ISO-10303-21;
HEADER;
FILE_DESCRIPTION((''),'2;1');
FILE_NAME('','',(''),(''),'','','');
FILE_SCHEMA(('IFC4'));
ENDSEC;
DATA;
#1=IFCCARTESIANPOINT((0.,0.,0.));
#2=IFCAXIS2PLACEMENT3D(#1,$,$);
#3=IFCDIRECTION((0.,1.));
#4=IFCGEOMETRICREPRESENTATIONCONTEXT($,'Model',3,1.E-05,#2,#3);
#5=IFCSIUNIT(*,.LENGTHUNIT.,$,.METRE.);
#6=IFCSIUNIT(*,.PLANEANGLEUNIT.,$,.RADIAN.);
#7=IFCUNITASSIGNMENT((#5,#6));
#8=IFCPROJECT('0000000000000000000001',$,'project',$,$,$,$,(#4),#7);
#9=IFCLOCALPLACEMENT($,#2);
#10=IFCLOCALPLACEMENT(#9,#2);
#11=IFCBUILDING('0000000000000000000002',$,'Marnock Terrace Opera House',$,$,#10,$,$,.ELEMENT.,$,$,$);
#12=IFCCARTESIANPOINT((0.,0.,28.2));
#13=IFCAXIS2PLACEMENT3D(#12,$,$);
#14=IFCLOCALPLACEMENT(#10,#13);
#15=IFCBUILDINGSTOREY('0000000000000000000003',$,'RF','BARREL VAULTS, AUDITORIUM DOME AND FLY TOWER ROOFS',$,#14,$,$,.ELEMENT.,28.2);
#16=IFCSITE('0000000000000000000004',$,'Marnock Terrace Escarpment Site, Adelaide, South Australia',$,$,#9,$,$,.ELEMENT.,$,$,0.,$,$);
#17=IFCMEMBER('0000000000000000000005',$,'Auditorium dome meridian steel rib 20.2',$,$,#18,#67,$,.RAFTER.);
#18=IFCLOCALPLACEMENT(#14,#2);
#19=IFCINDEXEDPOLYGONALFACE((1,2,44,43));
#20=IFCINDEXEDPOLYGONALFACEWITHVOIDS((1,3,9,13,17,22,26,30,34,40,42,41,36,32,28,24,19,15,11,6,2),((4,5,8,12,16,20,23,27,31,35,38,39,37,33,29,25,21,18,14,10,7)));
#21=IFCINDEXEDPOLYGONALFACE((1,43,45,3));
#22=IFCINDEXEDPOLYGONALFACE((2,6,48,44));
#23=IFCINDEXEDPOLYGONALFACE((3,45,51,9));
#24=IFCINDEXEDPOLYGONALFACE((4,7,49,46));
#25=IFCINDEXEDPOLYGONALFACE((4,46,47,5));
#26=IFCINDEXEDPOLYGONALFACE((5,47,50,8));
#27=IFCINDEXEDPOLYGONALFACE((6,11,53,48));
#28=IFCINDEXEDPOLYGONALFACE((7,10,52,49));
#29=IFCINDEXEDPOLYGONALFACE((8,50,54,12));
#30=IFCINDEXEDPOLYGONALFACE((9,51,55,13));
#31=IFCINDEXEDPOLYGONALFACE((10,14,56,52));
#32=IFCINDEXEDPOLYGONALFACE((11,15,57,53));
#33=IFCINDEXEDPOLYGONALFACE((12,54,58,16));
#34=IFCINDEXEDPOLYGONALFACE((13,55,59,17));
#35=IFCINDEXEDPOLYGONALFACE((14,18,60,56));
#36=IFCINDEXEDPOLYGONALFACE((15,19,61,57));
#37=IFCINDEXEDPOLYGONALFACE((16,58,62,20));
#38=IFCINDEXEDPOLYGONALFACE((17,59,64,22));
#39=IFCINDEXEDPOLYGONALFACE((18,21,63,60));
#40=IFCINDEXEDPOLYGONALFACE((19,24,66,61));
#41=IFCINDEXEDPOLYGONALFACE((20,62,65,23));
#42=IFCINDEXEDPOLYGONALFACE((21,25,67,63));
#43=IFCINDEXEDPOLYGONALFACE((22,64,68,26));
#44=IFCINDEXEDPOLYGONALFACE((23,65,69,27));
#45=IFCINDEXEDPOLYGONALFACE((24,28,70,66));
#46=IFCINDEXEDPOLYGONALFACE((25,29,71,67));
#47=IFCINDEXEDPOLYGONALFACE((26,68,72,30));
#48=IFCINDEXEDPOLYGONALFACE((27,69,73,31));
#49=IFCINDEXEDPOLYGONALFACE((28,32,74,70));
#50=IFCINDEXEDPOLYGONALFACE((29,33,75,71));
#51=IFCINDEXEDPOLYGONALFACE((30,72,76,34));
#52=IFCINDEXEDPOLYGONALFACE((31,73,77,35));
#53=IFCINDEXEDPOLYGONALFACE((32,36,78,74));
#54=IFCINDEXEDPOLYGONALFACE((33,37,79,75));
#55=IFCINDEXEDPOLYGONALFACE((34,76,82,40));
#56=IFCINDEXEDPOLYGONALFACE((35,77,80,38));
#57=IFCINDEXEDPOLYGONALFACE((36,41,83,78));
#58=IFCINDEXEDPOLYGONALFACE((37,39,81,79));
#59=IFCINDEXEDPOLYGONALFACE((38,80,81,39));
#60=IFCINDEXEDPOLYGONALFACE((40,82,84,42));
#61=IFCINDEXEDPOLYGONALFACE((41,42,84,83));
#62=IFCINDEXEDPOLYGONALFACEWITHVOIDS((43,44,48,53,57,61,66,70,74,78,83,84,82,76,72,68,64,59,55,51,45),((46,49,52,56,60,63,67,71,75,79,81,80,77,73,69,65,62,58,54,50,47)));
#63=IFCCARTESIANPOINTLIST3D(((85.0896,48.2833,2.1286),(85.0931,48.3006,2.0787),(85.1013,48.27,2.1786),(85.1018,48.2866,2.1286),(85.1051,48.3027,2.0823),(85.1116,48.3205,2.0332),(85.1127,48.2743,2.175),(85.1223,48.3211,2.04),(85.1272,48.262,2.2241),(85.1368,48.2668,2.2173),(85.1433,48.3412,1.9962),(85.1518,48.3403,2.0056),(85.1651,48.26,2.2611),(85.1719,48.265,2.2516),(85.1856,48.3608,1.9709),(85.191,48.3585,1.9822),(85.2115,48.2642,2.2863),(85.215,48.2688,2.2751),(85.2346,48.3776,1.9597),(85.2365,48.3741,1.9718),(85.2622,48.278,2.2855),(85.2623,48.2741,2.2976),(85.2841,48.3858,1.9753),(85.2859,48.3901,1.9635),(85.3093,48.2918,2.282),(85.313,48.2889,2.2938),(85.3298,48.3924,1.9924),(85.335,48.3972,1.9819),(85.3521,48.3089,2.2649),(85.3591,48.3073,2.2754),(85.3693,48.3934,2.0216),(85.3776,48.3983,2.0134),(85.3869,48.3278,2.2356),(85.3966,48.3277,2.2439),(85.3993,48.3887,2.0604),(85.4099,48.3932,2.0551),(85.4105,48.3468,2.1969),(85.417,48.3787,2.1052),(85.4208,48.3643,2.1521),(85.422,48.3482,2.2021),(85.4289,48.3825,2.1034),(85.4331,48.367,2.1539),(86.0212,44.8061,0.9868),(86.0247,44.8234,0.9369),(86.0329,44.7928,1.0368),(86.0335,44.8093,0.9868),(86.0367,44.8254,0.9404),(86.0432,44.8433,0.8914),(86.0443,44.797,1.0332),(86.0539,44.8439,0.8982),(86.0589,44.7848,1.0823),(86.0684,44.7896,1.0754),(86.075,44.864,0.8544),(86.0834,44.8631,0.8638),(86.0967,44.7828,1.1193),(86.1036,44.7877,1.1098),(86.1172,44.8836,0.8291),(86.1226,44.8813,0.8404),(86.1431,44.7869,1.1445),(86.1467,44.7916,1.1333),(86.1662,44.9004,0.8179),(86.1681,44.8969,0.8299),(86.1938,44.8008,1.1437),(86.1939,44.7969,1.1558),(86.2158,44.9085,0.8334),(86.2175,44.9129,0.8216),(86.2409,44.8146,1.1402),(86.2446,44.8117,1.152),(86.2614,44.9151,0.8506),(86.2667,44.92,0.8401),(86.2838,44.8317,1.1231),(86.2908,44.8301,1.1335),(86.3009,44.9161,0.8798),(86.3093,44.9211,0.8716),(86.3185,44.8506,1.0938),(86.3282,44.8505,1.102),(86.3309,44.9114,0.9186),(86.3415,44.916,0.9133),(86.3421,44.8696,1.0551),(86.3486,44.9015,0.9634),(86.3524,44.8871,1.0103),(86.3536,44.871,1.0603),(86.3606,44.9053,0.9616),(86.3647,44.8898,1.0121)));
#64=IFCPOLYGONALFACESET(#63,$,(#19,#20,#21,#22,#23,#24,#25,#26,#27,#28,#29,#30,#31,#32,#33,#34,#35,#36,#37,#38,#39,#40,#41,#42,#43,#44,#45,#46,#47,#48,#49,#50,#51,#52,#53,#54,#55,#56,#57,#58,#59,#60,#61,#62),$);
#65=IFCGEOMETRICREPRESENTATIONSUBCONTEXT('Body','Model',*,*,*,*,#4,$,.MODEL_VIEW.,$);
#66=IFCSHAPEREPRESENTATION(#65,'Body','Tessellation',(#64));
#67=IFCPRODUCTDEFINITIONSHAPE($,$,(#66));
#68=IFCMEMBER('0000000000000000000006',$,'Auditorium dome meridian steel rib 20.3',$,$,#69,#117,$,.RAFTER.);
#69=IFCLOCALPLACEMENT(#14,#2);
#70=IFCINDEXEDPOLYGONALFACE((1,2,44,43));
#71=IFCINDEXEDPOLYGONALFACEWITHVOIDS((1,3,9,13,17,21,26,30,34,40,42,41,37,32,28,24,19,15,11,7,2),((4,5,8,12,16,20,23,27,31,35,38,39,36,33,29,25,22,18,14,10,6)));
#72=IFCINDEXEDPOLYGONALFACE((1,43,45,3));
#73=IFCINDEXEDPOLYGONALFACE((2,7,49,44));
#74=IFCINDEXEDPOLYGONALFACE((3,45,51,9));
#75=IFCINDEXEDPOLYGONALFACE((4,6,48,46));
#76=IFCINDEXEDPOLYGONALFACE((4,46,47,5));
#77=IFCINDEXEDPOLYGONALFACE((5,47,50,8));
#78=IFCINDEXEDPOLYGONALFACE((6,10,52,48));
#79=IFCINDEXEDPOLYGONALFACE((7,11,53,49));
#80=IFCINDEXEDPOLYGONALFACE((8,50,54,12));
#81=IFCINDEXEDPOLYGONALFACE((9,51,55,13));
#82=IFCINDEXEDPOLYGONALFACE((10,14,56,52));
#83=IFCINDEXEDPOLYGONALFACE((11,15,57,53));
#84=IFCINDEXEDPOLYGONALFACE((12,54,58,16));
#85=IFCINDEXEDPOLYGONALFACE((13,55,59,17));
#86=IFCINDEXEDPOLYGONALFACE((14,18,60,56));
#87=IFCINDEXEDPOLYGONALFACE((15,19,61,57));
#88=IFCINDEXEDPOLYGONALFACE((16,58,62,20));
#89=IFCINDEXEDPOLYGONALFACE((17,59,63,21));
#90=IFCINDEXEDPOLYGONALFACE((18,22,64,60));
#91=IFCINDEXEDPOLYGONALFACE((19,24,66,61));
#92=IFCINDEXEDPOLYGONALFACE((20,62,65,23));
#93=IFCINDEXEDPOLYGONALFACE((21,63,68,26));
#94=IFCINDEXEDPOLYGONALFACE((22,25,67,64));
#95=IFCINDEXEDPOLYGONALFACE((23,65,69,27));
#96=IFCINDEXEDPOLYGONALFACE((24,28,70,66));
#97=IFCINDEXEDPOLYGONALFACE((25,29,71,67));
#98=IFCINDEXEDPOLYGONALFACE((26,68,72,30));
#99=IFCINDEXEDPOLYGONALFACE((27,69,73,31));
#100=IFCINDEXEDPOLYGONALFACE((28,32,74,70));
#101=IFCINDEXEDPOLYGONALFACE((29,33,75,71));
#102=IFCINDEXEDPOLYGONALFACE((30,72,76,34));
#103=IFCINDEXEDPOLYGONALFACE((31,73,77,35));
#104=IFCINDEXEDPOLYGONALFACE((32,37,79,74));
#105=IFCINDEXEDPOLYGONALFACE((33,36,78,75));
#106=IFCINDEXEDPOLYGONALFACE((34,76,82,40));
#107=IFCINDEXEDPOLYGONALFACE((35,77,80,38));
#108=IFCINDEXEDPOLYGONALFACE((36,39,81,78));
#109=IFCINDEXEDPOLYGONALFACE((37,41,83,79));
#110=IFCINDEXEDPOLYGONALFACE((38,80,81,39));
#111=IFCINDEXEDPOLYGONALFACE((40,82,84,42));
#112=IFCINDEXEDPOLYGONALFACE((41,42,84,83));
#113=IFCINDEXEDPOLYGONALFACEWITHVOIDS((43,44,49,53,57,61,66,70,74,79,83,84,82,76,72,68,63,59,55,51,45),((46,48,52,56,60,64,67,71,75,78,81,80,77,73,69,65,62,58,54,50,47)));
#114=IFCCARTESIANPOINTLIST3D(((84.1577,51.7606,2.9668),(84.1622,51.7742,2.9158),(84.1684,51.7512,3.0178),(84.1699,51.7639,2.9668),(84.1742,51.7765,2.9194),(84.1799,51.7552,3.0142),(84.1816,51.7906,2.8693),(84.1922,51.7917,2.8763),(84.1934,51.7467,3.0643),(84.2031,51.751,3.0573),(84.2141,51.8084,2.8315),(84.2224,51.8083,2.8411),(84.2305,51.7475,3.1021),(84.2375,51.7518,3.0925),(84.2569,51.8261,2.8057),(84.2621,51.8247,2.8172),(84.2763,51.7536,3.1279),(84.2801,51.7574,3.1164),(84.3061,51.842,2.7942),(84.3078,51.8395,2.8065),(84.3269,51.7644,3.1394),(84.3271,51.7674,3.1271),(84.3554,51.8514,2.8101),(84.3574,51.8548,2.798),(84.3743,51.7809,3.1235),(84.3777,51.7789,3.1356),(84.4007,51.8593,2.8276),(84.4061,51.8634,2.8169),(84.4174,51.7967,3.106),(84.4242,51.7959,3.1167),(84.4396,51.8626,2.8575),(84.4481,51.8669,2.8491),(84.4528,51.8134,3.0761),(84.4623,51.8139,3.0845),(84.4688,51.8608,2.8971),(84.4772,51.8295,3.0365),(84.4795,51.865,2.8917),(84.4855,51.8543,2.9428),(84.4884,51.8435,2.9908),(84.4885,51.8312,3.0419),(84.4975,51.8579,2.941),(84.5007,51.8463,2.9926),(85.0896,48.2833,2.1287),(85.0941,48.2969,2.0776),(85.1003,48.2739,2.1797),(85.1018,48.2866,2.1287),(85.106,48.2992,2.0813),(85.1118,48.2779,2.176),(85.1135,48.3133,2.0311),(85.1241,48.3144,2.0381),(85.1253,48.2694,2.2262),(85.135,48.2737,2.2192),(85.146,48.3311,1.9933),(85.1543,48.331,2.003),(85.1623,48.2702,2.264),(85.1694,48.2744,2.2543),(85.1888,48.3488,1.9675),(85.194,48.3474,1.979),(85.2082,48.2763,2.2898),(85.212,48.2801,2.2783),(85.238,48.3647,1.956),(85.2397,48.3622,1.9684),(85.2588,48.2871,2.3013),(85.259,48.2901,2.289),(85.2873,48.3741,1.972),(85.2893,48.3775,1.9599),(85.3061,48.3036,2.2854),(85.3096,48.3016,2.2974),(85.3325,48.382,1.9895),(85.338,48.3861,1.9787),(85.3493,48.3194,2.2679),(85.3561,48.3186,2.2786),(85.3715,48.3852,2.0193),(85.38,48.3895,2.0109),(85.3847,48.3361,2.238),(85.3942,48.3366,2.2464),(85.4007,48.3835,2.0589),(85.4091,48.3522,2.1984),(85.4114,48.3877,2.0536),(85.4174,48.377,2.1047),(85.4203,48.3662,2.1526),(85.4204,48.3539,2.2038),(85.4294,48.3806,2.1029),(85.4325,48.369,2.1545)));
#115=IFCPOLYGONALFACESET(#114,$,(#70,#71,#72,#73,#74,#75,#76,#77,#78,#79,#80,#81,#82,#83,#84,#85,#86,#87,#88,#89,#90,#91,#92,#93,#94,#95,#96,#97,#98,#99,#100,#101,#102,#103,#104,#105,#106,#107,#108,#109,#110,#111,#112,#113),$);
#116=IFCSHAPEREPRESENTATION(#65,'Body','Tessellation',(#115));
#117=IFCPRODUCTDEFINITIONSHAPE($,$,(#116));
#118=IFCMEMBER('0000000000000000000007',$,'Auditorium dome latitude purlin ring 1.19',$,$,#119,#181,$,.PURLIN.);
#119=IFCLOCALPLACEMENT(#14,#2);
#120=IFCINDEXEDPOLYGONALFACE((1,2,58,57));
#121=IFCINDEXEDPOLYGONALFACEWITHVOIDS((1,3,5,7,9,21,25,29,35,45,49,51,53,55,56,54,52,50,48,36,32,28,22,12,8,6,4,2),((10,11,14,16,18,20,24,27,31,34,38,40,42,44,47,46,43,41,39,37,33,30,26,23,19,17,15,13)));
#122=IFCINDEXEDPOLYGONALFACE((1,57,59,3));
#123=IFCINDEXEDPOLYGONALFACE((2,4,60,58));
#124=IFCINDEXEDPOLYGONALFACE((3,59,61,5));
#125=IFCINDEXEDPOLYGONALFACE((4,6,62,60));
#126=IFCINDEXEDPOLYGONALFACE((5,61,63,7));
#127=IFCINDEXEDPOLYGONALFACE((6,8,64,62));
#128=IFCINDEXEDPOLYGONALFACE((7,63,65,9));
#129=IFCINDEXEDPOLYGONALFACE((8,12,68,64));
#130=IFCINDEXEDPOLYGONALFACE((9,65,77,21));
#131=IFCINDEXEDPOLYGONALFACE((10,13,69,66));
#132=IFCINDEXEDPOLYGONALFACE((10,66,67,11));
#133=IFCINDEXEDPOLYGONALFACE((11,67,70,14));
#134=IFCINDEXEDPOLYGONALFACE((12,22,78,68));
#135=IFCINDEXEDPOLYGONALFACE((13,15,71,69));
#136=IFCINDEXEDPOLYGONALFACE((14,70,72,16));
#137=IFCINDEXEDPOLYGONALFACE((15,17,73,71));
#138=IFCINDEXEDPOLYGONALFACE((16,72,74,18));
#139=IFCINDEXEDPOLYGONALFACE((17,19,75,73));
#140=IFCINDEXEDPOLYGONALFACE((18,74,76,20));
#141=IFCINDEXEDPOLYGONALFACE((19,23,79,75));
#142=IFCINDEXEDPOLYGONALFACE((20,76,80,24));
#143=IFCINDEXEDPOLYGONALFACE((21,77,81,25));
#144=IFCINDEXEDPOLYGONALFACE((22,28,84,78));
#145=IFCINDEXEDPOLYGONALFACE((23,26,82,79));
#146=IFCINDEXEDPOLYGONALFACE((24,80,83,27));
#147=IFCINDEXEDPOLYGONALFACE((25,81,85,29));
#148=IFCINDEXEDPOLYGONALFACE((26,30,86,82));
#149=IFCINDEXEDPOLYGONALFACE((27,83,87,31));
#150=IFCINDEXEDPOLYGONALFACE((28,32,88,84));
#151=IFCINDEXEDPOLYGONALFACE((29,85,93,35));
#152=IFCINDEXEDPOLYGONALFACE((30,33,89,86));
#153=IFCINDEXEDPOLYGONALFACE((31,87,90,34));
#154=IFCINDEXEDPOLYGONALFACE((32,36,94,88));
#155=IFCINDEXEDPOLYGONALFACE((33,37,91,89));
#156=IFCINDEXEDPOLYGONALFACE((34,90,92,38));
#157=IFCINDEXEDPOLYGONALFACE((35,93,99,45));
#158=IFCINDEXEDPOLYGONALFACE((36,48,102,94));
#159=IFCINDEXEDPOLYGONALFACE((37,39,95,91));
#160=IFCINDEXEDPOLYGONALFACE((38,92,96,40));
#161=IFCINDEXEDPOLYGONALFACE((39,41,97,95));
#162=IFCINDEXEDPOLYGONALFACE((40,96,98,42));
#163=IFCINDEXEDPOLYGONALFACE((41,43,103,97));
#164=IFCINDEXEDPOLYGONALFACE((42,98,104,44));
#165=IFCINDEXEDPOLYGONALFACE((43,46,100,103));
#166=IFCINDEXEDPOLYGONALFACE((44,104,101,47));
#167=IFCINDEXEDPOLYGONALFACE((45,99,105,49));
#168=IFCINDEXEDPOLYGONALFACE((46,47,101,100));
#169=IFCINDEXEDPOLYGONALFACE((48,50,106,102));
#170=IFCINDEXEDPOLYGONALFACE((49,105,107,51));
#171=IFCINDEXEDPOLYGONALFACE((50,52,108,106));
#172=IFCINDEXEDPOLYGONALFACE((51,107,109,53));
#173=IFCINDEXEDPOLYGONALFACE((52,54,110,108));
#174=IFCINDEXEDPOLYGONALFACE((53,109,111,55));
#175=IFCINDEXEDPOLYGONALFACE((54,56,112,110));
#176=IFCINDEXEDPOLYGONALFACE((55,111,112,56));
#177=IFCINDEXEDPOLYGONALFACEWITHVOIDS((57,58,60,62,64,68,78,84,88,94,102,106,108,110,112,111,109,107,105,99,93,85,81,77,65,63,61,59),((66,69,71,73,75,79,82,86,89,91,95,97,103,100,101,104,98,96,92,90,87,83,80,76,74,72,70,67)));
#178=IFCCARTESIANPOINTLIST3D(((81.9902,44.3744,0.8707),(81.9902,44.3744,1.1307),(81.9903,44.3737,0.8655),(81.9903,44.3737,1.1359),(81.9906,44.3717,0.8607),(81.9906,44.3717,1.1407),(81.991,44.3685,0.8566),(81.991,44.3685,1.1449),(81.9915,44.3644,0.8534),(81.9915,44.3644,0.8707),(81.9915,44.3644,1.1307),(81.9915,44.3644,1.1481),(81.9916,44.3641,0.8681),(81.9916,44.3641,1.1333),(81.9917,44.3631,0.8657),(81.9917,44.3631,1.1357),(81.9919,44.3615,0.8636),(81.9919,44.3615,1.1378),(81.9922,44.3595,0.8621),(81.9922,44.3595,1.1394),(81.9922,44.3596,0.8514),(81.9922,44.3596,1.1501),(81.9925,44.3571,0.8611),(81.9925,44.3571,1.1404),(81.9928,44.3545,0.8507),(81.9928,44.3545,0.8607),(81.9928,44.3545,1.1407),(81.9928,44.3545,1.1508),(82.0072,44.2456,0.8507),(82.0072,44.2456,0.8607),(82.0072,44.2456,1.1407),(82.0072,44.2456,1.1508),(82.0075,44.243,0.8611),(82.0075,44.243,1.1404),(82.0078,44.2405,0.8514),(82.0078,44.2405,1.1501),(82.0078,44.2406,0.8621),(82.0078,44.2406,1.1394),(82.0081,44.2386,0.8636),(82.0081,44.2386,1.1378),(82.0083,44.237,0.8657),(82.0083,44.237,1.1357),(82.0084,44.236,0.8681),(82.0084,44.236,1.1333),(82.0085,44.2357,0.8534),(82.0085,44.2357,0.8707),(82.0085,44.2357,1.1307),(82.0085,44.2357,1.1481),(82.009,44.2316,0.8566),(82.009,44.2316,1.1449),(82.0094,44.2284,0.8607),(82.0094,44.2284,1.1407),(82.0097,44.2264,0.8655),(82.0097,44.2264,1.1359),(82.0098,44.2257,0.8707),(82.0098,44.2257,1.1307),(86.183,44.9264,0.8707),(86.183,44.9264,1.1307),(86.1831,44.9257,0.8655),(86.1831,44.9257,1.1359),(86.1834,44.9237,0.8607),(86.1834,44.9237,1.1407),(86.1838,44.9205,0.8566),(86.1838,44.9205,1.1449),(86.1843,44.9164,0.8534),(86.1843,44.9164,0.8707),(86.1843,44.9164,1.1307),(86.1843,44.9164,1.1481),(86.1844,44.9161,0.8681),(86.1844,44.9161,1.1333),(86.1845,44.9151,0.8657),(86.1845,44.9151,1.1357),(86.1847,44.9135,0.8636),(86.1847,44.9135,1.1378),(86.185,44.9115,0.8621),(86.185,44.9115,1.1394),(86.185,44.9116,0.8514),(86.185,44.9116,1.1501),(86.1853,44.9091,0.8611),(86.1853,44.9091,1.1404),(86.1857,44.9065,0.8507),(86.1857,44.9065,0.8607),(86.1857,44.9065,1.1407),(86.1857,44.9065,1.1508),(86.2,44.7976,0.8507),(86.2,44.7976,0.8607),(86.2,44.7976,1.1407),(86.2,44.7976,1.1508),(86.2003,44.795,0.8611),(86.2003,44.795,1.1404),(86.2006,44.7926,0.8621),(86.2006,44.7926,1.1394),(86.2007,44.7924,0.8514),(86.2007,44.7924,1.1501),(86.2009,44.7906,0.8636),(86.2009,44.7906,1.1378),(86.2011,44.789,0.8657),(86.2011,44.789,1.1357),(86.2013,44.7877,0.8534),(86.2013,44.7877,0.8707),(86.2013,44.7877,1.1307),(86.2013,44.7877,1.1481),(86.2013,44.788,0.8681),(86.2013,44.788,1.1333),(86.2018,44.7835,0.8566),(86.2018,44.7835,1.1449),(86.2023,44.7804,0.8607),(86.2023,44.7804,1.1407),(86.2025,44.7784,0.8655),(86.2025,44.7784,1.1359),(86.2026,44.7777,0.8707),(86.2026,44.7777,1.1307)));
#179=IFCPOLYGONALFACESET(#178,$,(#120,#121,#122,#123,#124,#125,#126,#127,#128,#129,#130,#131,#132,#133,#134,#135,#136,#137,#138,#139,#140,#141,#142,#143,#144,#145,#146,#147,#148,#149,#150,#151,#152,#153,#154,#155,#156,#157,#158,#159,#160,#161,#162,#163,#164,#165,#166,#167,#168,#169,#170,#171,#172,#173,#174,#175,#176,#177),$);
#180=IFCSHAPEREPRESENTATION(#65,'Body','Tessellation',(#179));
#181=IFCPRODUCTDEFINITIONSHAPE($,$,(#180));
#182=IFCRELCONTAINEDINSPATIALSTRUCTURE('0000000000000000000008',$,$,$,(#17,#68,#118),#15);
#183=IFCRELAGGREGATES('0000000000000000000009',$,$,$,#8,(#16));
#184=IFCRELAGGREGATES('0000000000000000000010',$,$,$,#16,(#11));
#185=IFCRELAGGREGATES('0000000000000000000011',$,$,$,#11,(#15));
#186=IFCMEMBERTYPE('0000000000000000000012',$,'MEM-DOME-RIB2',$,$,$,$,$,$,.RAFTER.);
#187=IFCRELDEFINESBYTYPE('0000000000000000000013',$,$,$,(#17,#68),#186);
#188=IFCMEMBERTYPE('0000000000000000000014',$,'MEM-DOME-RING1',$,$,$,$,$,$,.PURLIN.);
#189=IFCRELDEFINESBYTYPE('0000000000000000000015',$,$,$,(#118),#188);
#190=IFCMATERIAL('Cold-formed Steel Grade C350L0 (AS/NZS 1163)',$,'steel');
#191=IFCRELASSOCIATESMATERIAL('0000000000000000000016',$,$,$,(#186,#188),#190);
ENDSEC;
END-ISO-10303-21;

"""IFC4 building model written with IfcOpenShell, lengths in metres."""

from ifc_helpers import new_model, si_unit, direction, frame, origin, origin_2d, place, context, subcontext, project, spatial, hollow_rectangle, hollow_circle, extrude, material, material_profile, profile_set, type_object, element, save


model = new_model("IFC4")

# Units and contexts
model_context = context("Model", 3, precision=1e-05, world=origin(), true_north=direction((0.0, 1.0)))
body_context = subcontext(model_context, "Body", "Model", "MODEL_VIEW")
ifc_project = project(units=[si_unit("LENGTHUNIT", "METRE"), si_unit("PLANEANGLEUNIT", "RADIAN")], contexts=[model_context])

# Site, building, storey
site_placement = place(None, origin())
site = spatial("IfcSite", under=ifc_project, at=site_placement, Name="Marnock Terrace Escarpment Site, Adelaide, South Australia", CompositionType="ELEMENT", RefElevation=0.0)
building_placement = place(site_placement, origin())
building = spatial("IfcBuilding", under=site, at=building_placement, Name="Marnock Terrace Opera House", CompositionType="ELEMENT")
storey_placement = place(building_placement, frame((0.0, 0.0, 28.2)))
storey = spatial("IfcBuildingStorey", under=building, at=storey_placement, Name="RF", Description="BARREL VAULTS, AUDITORIUM DOME AND FLY TOWER ROOFS", CompositionType="ELEMENT", Elevation=28.2)

# Members
ifc_material_1 = material(Name="Cold-formed Steel Grade C350L0 (AS/NZS 1163)", Category="steel")
ifc_material_profile_1 = material_profile(ifc_material_1, hollow_circle(Radius=0.1777, WallThickness=0.0127, at=origin_2d()))
ifc_profile_set_1 = profile_set([ifc_material_profile_1], Name="Cold-formed Steel Grade C350L0 (AS/NZS 1163)")
member_type_1 = type_object("IfcMemberType", Name="MEM-DOME-RIB2", PredefinedType="RAFTER", material=ifc_profile_set_1)
member_1_placement = place(storey_placement, frame((86.1929, 44.8521, 0.9868), z_axis=(-0.246682, 0.920727, 0.302341), x_axis=(-0.965933, -0.258794, 0.0)))
element("IfcMember", 1, at=member_1_placement, inside=storey, type_object=member_type_1, Name="Auditorium dome meridian steel rib 20.2", PredefinedType="RAFTER", context=body_context, shape_type="SweptSolid", body=[
    extrude(hollow_circle(Radius=0.1777, WallThickness=0.0127, at=origin_2d()), origin(), (0.0, 0.0, 1.0), 3.7766),
])
member_2_placement = place(storey_placement, frame((85.2612, 48.3293, 2.1287), z_axis=(-0.252114, 0.940756, 0.226751), x_axis=(-0.965916, -0.258857, 0.0)))
element("IfcMember", 2, at=member_2_placement, inside=storey, type_object=member_type_1, Name="Auditorium dome meridian steel rib 20.3", PredefinedType="RAFTER", context=body_context, shape_type="SweptSolid", body=[
    extrude(hollow_circle(Radius=0.1777, WallThickness=0.0127, at=origin_2d()), origin(), (0.0, 0.0, 1.0), 3.6963),
])
ifc_material_profile_2 = material_profile(ifc_material_1, hollow_rectangle(XDim=0.1499, YDim=0.3, WallThickness=0.01, InnerFilletRadius=0.01, OuterFilletRadius=0.02, at=origin_2d()))
ifc_profile_set_2 = profile_set([ifc_material_profile_2], Name="Cold-formed Steel Grade C350L0 (AS/NZS 1163)")
member_type_2 = type_object("IfcMemberType", Name="MEM-DOME-RING1", PredefinedType="PURLIN", material=ifc_profile_set_2)
member_3_placement = place(storey_placement, frame((82.0, 44.3, 1.0007), z_axis=(0.991445, 0.130526, 0.0), x_axis=(-0.130526, 0.991445, 0.0)))
element("IfcMember", 3, at=member_3_placement, inside=storey, type_object=member_type_2, Name="Auditorium dome latitude purlin ring 1.19", PredefinedType="PURLIN", context=body_context, shape_type="SweptSolid", body=[
    extrude(hollow_rectangle(XDim=0.1499, YDim=0.3, WallThickness=0.01, InnerFilletRadius=0.01, OuterFilletRadius=0.02, at=origin_2d()), origin(), (0.0, 0.0, 1.0), 4.229),
])

save(model, "model.ifc")
